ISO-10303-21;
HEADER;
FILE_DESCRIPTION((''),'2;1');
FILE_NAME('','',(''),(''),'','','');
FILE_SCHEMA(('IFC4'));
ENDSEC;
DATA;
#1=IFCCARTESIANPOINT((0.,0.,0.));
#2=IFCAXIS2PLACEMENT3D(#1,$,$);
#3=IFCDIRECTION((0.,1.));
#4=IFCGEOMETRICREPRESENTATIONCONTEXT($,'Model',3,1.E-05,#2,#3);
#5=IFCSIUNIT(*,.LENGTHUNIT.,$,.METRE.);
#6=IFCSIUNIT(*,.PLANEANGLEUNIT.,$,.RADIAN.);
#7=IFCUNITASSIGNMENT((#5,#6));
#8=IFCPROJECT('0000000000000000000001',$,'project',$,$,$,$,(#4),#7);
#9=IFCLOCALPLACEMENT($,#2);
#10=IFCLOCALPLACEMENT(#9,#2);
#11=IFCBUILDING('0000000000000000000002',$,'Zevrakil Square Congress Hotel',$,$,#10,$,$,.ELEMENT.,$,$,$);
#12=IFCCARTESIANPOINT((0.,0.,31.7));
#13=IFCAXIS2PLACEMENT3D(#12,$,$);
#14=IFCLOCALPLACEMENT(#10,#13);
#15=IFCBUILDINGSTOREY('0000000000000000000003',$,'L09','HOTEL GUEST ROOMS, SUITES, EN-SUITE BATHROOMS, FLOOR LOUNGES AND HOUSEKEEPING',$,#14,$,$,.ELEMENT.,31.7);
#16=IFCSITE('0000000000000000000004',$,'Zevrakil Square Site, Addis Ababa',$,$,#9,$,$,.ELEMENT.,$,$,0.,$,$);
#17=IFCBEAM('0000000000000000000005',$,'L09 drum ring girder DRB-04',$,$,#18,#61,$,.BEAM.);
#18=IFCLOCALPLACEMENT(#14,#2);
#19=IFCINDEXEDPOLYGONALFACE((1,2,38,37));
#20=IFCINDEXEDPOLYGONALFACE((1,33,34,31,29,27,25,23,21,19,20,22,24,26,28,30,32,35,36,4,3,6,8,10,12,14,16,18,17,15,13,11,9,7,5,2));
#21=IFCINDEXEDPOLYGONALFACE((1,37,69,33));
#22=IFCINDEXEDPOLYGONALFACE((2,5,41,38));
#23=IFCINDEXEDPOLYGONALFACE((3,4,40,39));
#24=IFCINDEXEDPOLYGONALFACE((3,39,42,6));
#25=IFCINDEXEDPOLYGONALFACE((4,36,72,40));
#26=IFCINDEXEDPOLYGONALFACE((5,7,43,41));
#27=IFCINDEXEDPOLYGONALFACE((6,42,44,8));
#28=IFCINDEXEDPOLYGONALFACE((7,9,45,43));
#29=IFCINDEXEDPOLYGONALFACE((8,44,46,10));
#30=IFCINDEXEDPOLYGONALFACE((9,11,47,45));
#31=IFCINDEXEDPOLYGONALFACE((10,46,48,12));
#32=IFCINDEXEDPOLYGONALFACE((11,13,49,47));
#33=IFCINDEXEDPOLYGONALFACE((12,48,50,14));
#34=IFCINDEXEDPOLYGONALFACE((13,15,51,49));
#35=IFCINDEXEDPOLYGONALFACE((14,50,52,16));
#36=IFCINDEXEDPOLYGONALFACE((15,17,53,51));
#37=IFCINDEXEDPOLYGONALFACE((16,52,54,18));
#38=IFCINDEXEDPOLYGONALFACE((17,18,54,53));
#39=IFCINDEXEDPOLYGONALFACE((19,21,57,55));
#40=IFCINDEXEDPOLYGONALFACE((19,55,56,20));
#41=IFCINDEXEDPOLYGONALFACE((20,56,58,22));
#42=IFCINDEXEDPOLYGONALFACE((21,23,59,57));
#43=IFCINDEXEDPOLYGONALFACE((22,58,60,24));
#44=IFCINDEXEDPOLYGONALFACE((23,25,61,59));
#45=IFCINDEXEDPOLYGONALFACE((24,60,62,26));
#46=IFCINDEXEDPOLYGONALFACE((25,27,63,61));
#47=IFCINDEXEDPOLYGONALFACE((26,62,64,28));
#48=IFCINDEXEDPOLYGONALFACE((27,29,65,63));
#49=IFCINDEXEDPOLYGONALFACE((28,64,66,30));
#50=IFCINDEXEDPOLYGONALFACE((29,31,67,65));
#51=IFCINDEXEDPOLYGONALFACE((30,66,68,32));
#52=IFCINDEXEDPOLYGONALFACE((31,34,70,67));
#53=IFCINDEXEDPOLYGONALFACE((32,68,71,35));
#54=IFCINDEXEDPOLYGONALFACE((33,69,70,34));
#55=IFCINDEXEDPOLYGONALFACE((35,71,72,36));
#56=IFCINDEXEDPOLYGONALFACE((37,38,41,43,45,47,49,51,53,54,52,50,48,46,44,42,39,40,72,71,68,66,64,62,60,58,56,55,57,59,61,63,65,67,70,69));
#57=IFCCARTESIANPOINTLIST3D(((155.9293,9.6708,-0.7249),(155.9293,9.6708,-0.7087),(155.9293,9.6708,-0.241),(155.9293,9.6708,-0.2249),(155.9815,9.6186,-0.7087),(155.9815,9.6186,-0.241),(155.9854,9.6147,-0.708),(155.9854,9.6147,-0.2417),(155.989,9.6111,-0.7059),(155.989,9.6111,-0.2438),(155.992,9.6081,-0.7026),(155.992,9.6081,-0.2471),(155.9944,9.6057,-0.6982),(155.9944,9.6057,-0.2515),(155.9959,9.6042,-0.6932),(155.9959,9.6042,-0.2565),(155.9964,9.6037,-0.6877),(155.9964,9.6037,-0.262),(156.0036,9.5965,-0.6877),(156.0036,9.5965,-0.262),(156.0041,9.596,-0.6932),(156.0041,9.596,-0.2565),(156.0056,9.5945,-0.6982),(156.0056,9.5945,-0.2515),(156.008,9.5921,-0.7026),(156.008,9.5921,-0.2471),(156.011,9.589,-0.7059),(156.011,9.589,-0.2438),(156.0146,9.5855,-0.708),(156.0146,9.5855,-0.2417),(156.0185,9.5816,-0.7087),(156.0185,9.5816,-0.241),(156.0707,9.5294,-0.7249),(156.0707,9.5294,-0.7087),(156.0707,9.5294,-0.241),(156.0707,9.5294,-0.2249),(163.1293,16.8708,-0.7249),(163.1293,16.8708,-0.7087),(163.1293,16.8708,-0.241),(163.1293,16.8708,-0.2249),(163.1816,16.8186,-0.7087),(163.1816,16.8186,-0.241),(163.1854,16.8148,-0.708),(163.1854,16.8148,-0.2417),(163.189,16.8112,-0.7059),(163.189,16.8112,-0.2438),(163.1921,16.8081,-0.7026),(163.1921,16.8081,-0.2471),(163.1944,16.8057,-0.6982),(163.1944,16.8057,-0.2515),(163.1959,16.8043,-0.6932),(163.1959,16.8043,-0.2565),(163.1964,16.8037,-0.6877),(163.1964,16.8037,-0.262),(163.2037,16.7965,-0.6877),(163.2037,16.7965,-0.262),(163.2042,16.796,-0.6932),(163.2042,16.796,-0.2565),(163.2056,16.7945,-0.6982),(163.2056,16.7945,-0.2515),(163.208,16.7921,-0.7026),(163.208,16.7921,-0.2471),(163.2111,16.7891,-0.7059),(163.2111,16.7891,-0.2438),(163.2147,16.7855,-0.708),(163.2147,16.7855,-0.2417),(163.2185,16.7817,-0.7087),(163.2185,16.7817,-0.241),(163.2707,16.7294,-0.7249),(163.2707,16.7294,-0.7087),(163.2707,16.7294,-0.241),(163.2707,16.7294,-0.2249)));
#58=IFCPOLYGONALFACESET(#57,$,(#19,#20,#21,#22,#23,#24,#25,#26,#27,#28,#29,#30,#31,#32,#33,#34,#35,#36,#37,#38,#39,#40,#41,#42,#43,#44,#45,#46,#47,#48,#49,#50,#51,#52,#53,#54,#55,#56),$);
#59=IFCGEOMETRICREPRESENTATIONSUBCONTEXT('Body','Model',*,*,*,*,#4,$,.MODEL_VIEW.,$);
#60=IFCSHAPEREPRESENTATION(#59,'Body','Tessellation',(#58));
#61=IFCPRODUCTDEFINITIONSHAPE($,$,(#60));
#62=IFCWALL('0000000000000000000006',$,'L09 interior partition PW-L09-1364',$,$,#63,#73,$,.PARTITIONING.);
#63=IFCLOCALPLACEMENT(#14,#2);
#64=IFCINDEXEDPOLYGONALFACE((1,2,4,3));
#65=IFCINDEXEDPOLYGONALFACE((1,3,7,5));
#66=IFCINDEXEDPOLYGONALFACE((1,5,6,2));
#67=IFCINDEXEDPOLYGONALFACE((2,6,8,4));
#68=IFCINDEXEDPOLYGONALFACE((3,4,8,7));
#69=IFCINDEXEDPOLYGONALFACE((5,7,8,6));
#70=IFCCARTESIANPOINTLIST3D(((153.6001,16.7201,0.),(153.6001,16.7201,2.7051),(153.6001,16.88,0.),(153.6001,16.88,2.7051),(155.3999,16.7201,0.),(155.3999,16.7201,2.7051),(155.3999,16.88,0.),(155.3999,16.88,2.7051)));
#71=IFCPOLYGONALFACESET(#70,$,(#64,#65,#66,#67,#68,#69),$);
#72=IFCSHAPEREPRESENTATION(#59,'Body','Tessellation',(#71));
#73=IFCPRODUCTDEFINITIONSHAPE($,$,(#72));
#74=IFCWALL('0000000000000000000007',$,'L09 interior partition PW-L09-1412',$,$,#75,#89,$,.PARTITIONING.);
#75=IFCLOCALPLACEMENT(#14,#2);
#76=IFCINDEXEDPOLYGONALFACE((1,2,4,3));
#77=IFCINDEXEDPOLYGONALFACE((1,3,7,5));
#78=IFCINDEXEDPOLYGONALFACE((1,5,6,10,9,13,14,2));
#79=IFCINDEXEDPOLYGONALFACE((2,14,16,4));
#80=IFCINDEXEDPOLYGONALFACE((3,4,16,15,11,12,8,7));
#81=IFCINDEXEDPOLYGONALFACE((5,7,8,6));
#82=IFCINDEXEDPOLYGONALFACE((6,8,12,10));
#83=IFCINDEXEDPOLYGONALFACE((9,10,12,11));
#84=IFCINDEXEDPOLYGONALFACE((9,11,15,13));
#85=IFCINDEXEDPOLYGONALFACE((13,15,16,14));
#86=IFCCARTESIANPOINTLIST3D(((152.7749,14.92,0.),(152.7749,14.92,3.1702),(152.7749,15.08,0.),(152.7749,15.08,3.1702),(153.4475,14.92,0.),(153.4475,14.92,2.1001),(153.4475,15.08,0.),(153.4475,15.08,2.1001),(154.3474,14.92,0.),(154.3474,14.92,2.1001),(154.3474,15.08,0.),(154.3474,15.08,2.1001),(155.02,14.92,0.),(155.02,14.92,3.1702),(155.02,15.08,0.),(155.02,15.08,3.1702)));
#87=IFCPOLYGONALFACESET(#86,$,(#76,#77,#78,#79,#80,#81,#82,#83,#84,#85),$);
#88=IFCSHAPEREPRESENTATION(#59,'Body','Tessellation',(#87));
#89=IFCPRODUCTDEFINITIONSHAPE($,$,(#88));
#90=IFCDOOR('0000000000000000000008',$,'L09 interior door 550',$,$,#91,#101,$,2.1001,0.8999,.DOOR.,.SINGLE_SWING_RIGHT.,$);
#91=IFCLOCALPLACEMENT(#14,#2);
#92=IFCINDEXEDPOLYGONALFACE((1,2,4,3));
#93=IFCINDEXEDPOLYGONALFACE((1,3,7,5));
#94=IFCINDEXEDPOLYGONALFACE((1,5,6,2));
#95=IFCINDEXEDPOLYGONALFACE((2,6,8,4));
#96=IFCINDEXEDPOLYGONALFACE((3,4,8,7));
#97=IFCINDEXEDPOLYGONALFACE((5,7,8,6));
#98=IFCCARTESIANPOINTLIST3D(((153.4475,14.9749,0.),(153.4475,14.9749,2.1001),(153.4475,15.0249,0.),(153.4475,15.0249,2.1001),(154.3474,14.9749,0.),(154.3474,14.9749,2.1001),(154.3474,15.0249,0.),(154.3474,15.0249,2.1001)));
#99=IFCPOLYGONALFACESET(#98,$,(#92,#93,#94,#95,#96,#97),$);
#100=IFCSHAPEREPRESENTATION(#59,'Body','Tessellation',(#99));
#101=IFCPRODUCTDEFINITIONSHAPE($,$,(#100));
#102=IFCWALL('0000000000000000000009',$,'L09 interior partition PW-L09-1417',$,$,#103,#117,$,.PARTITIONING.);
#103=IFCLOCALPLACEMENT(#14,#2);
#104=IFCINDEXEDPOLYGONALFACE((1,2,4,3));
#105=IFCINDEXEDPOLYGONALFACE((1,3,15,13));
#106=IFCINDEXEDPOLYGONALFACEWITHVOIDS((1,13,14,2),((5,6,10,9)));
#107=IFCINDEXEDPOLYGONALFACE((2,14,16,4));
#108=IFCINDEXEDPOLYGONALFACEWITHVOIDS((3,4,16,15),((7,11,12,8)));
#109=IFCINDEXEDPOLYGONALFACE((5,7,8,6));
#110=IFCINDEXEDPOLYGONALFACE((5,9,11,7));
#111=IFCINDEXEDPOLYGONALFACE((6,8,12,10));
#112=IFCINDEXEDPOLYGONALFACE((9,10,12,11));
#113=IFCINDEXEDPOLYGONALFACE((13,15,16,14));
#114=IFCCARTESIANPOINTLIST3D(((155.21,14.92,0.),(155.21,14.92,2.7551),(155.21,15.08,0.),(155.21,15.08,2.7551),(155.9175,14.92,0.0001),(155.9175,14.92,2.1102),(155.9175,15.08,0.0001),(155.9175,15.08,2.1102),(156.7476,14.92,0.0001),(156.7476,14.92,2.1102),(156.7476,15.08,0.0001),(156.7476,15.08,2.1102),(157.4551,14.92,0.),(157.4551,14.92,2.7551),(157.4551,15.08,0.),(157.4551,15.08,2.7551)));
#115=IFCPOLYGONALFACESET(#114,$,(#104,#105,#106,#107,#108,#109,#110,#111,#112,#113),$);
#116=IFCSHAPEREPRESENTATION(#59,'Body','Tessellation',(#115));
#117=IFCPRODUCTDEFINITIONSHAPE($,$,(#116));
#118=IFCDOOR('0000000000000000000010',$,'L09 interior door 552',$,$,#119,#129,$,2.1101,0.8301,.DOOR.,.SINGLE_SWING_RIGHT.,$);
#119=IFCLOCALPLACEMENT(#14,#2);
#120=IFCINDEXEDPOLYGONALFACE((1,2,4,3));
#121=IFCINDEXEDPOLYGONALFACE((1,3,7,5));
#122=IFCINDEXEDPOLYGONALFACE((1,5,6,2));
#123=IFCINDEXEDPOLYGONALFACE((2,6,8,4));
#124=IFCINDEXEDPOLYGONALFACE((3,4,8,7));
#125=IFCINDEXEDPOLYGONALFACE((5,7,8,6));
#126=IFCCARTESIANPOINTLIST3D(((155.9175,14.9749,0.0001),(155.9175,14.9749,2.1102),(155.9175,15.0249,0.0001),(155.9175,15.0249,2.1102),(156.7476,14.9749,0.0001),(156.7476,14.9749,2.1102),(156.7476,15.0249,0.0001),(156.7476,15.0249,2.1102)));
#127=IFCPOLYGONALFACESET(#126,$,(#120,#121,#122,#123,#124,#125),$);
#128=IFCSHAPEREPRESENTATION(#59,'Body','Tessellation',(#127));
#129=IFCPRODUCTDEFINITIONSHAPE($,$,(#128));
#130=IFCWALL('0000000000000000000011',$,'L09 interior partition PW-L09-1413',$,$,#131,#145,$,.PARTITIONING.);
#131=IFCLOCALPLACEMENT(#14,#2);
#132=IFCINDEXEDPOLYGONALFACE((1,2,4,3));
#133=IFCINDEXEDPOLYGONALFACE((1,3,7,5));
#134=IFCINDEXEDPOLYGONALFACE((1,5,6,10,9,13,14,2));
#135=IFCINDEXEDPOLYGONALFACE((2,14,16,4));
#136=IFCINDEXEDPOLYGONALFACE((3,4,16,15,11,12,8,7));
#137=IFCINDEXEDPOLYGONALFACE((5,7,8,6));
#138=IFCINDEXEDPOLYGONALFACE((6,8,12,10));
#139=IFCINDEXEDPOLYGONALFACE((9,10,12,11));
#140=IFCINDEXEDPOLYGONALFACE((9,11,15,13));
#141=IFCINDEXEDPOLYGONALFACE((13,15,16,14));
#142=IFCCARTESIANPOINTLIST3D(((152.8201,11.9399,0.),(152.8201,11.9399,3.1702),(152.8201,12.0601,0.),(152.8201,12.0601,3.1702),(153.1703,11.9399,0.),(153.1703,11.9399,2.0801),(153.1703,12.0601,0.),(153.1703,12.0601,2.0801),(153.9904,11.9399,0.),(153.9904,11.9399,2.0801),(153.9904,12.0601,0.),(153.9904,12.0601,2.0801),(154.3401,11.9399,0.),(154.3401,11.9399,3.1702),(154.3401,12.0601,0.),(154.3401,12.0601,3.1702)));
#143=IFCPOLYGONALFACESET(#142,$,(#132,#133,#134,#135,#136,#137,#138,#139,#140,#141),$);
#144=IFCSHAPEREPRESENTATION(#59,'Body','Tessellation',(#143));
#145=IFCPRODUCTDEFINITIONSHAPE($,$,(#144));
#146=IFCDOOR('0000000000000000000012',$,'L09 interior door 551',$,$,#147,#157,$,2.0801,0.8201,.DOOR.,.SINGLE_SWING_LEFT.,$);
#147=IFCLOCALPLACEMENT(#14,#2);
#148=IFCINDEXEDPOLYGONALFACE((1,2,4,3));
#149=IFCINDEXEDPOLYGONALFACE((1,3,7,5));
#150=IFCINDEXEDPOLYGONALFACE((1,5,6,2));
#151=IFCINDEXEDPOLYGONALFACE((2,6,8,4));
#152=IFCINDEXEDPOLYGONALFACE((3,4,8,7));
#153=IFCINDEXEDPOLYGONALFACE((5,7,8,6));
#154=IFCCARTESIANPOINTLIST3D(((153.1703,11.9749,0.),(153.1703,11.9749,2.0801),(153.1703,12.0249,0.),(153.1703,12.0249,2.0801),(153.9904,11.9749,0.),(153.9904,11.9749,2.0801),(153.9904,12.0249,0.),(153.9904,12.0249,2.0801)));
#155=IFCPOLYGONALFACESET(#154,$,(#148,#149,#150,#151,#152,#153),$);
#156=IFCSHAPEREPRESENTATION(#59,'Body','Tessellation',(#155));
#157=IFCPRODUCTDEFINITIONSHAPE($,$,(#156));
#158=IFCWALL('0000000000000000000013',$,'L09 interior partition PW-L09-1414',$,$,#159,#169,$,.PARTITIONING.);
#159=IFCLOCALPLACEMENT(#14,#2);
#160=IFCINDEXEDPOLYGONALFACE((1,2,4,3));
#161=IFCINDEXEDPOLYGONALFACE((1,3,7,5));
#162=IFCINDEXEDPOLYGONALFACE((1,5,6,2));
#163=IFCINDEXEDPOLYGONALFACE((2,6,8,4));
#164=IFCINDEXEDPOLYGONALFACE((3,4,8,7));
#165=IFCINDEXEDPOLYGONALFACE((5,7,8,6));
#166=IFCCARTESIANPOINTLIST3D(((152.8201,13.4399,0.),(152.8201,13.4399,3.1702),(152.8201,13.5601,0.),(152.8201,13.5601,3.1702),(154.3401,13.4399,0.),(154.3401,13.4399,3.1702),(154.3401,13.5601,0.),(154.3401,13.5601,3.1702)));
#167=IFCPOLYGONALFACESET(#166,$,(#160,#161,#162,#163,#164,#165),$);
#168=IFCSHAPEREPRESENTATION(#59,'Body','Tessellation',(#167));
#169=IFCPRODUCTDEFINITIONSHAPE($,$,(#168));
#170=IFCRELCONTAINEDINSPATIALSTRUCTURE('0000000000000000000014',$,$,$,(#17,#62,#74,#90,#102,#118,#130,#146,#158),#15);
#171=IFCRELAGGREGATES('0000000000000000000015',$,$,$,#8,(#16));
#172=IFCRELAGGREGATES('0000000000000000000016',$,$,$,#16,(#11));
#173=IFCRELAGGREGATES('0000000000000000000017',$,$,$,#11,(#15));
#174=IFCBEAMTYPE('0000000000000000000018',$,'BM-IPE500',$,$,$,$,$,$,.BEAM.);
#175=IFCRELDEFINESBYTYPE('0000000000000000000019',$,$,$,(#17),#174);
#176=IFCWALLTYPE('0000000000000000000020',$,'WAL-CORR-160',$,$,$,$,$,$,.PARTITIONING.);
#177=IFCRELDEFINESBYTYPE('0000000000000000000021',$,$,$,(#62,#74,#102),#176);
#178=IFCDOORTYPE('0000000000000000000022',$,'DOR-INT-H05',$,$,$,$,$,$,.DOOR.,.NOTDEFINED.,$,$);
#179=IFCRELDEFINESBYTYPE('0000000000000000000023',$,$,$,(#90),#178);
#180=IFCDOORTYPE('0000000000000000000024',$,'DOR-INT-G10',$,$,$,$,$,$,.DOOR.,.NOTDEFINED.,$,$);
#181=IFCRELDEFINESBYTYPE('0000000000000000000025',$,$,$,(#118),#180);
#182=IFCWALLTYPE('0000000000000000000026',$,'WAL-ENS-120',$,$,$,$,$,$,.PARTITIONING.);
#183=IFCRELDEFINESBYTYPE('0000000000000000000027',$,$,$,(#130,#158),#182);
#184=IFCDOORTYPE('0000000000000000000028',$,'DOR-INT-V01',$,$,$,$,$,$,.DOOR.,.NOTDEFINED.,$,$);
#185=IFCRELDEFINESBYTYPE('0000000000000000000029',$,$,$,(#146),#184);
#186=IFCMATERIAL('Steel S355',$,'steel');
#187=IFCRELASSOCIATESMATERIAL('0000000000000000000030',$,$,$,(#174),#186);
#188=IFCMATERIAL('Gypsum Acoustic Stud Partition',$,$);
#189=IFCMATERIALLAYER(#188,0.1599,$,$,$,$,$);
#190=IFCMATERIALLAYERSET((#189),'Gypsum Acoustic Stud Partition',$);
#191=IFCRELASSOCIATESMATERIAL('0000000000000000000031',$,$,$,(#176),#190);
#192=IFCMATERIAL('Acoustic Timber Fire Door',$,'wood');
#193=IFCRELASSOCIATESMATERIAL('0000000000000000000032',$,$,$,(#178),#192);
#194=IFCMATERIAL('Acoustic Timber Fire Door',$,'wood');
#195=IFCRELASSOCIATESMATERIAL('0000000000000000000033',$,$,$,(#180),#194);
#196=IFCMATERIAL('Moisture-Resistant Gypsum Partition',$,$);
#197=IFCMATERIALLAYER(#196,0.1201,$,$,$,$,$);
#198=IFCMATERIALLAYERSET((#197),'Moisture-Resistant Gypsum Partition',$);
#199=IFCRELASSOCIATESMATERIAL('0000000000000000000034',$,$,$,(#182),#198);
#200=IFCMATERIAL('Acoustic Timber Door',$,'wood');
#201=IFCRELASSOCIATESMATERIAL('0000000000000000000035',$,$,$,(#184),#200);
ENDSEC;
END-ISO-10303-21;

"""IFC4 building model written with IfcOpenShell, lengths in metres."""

from ifc_helpers import new_model, si_unit, direction, frame, frame_2d, origin, origin_2d, place, context, subcontext, project, spatial, rectangle, i_section, extrude, material, layer, layer_set, material_profile, profile_set, type_object, element, fill, save


model = new_model("IFC4")

# Units and contexts
model_context = context("Model", 3, precision=1e-05, world=origin(), true_north=direction((0.0, 1.0)))
body_context = subcontext(model_context, "Body", "Model", "MODEL_VIEW")
ifc_project = project(units=[si_unit("LENGTHUNIT", "METRE"), si_unit("PLANEANGLEUNIT", "RADIAN")], contexts=[model_context])

# Site, building, storey
site_placement = place(None, origin())
site = spatial("IfcSite", under=ifc_project, at=site_placement, Name="Zevrakil Square Site, Addis Ababa", CompositionType="ELEMENT", RefElevation=0.0)
building_placement = place(site_placement, origin())
building = spatial("IfcBuilding", under=site, at=building_placement, Name="Zevrakil Square Congress Hotel", CompositionType="ELEMENT")
storey_placement = place(building_placement, frame((0.0, 0.0, 31.7)))
storey = spatial("IfcBuildingStorey", under=building, at=storey_placement, Name="L09", Description="HOTEL GUEST ROOMS, SUITES, EN-SUITE BATHROOMS, FLOOR LOUNGES AND HOUSEKEEPING", CompositionType="ELEMENT", Elevation=31.7)

# Beam
ifc_material_1 = material(Name="Steel S355", Category="steel")
ifc_material_profile_1 = material_profile(ifc_material_1, i_section(OverallWidth=0.2, OverallDepth=0.5, WebThickness=0.0103, FlangeThickness=0.0161, FilletRadius=0.021, at=origin_2d()), Name="IPE 500")
ifc_profile_set_1 = profile_set([ifc_material_profile_1], Name="Steel S355")
beam_type_1 = type_object("IfcBeamType", Name="BM-IPE500", PredefinedType="BEAM", material=ifc_profile_set_1)
beam_1_placement = place(storey_placement, frame((156.0, 9.6001, -0.4749), z_axis=(0.707107, 0.707107, 0.0), x_axis=(-0.707107, 0.707107, 0.0)))
element("IfcBeam", 1, at=beam_1_placement, inside=storey, type_object=beam_type_1, Name="L09 drum ring girder DRB-04", PredefinedType="BEAM", context=body_context, shape_type="SweptSolid", body=[
    extrude(i_section(OverallWidth=0.2, OverallDepth=0.5, WebThickness=0.0103, FlangeThickness=0.0161, FilletRadius=0.021, at=origin_2d()), origin(), (0.0, 0.0, 1.0), 10.1824),
])

# Wall
ifc_material_2 = material(Name="Gypsum Acoustic Stud Partition")
ifc_layer_1 = layer(ifc_material_2, 0.1599)
ifc_layer_set_1 = layer_set([ifc_layer_1], Name="Gypsum Acoustic Stud Partition")
wall_type_1 = type_object("IfcWallType", Name="WAL-CORR-160", PredefinedType="PARTITIONING", material=ifc_layer_set_1)
wall_1_placement = place(storey_placement, frame((153.6001, 16.8, 0.0), z_axis=(0.0, 0.0, 1.0), x_axis=(1.0, 0.0, 0.0)))
element("IfcWall", 2, at=wall_1_placement, inside=storey, type_object=wall_type_1, Name="L09 interior partition PW-L09-1364", PredefinedType="PARTITIONING", context=body_context, shape_type="SweptSolid", body=[
    extrude(rectangle(XDim=1.7998, YDim=0.1599, at=frame_2d((0.8999, 0.0))), origin(), (0.0, 0.0, 1.0), 2.7051),
])

# Walls, openings, doors
wall_2_placement = place(storey_placement, frame((152.7749, 15.0, 0.0), z_axis=(0.0, 0.0, 1.0), x_axis=(1.0, 0.0, 0.0)))
wall_2 = element("IfcWall", 3, at=wall_2_placement, inside=storey, type_object=wall_type_1, Name="L09 interior partition PW-L09-1412", PredefinedType="PARTITIONING", context=body_context, shape_type="SweptSolid", body=[
    extrude(rectangle(XDim=2.2451, YDim=0.1599, at=frame_2d((1.1226, 0.0))), origin(), (0.0, 0.0, 1.0), 3.1702),
])
opening_1_placement = place(wall_2_placement, frame((0.6726, 0.0, 0.0)))
opening_1 = element("IfcOpeningElement", 4, at=opening_1_placement, cuts=wall_2, PredefinedType="OPENING", context=body_context, shape_type="SweptSolid", body=[
    extrude(rectangle(XDim=0.8999, YDim=2.1001, at=frame_2d((0.45, 1.05))), frame((0.0, 0.0898, 0.0), z_axis=(0.0, -1.0, 0.0), x_axis=(1.0, 0.0, 0.0)), (0.0, 0.0, 1.0), 0.1799),
])
ifc_material_3 = material(Name="Acoustic Timber Fire Door", Category="wood")
door_type_1 = type_object("IfcDoorType", Name="DOR-INT-H05", OperationType="NOTDEFINED", PredefinedType="DOOR", material=ifc_material_3)
door_1_placement = place(opening_1_placement, origin())
door_1 = element("IfcDoor", 5, at=door_1_placement, inside=storey, type_object=door_type_1, Name="L09 interior door 550", OperationType="SINGLE_SWING_RIGHT", OverallHeight=2.1001, OverallWidth=0.8999, PredefinedType="DOOR", context=body_context, shape_type="SweptSolid", body=[
    extrude(rectangle(XDim=0.8999, YDim=2.1001, at=frame_2d((0.45, 1.05))), frame((0.0, 0.0249, 0.0), z_axis=(0.0, -1.0, 0.0), x_axis=(1.0, 0.0, 0.0)), (0.0, 0.0, 1.0), 0.05),
])
fill(opening_1, door_1)
wall_3_placement = place(storey_placement, frame((155.21, 15.0, 0.0), z_axis=(0.0, 0.0, 1.0), x_axis=(1.0, 0.0, 0.0)))
wall_3 = element("IfcWall", 6, at=wall_3_placement, inside=storey, type_object=wall_type_1, Name="L09 interior partition PW-L09-1417", PredefinedType="PARTITIONING", context=body_context, shape_type="SweptSolid", body=[
    extrude(rectangle(XDim=2.2451, YDim=0.1599, at=frame_2d((1.1226, 0.0))), origin(), (0.0, 0.0, 1.0), 2.7551),
])
opening_2_placement = place(wall_3_placement, frame((0.7075, 0.0, 0.0)))
opening_2 = element("IfcOpeningElement", 7, at=opening_2_placement, cuts=wall_3, PredefinedType="OPENING", context=body_context, shape_type="SweptSolid", body=[
    extrude(rectangle(XDim=0.8301, YDim=2.1101, at=frame_2d((0.415, 1.0552))), frame((0.0, 0.0898, 0.0), z_axis=(0.0, -1.0, 0.0), x_axis=(1.0, 0.0, 0.0)), (0.0, 0.0, 1.0), 0.1799),
])
ifc_material_4 = material(Name="Acoustic Timber Fire Door", Category="wood")
door_type_2 = type_object("IfcDoorType", Name="DOR-INT-G10", OperationType="NOTDEFINED", PredefinedType="DOOR", material=ifc_material_4)
door_2_placement = place(opening_2_placement, origin())
door_2 = element("IfcDoor", 8, at=door_2_placement, inside=storey, type_object=door_type_2, Name="L09 interior door 552", OperationType="SINGLE_SWING_RIGHT", OverallHeight=2.1101, OverallWidth=0.8301, PredefinedType="DOOR", context=body_context, shape_type="SweptSolid", body=[
    extrude(rectangle(XDim=0.8301, YDim=2.1101, at=frame_2d((0.415, 1.0552))), frame((0.0, 0.0249, 0.0), z_axis=(0.0, -1.0, 0.0), x_axis=(1.0, 0.0, 0.0)), (0.0, 0.0, 1.0), 0.05),
])
fill(opening_2, door_2)
ifc_material_5 = material(Name="Moisture-Resistant Gypsum Partition")
ifc_layer_2 = layer(ifc_material_5, 0.1201)
ifc_layer_set_2 = layer_set([ifc_layer_2], Name="Moisture-Resistant Gypsum Partition")
wall_type_2 = type_object("IfcWallType", Name="WAL-ENS-120", PredefinedType="PARTITIONING", material=ifc_layer_set_2)
wall_4_placement = place(storey_placement, frame((152.8201, 12.0, 0.0), z_axis=(0.0, 0.0, 1.0), x_axis=(1.0, 0.0, 0.0)))
wall_4 = element("IfcWall", 9, at=wall_4_placement, inside=storey, type_object=wall_type_2, Name="L09 interior partition PW-L09-1413", PredefinedType="PARTITIONING", context=body_context, shape_type="SweptSolid", body=[
    extrude(rectangle(XDim=1.52, YDim=0.1201, at=frame_2d((0.76, 0.0))), origin(), (0.0, 0.0, 1.0), 3.1702),
])
opening_3_placement = place(wall_4_placement, frame((0.3501, 0.0, 0.0)))
opening_3 = element("IfcOpeningElement", 10, at=opening_3_placement, cuts=wall_4, PredefinedType="OPENING", context=body_context, shape_type="SweptSolid", body=[
    extrude(rectangle(XDim=0.8201, YDim=2.0801, at=frame_2d((0.4102, 1.04))), frame((0.0, 0.0701, 0.0), z_axis=(0.0, -1.0, 0.0), x_axis=(1.0, 0.0, 0.0)), (0.0, 0.0, 1.0), 0.1401),
])
ifc_material_6 = material(Name="Acoustic Timber Door", Category="wood")
door_type_3 = type_object("IfcDoorType", Name="DOR-INT-V01", OperationType="NOTDEFINED", PredefinedType="DOOR", material=ifc_material_6)
door_3_placement = place(opening_3_placement, origin())
door_3 = element("IfcDoor", 11, at=door_3_placement, inside=storey, type_object=door_type_3, Name="L09 interior door 551", OperationType="SINGLE_SWING_LEFT", OverallHeight=2.0801, OverallWidth=0.8201, PredefinedType="DOOR", context=body_context, shape_type="SweptSolid", body=[
    extrude(rectangle(XDim=0.8201, YDim=2.0801, at=frame_2d((0.4102, 1.04))), frame((0.0, 0.0249, 0.0), z_axis=(0.0, -1.0, 0.0), x_axis=(1.0, 0.0, 0.0)), (0.0, 0.0, 1.0), 0.05),
])
fill(opening_3, door_3)

# Wall
wall_5_placement = place(storey_placement, frame((152.8201, 13.5, 0.0), z_axis=(0.0, 0.0, 1.0), x_axis=(1.0, 0.0, 0.0)))
element("IfcWall", 12, at=wall_5_placement, inside=storey, type_object=wall_type_2, Name="L09 interior partition PW-L09-1414", PredefinedType="PARTITIONING", context=body_context, shape_type="SweptSolid", body=[
    extrude(rectangle(XDim=1.52, YDim=0.1201, at=frame_2d((0.76, 0.0))), origin(), (0.0, 0.0, 1.0), 3.1702),
])

save(model, "model.ifc")
